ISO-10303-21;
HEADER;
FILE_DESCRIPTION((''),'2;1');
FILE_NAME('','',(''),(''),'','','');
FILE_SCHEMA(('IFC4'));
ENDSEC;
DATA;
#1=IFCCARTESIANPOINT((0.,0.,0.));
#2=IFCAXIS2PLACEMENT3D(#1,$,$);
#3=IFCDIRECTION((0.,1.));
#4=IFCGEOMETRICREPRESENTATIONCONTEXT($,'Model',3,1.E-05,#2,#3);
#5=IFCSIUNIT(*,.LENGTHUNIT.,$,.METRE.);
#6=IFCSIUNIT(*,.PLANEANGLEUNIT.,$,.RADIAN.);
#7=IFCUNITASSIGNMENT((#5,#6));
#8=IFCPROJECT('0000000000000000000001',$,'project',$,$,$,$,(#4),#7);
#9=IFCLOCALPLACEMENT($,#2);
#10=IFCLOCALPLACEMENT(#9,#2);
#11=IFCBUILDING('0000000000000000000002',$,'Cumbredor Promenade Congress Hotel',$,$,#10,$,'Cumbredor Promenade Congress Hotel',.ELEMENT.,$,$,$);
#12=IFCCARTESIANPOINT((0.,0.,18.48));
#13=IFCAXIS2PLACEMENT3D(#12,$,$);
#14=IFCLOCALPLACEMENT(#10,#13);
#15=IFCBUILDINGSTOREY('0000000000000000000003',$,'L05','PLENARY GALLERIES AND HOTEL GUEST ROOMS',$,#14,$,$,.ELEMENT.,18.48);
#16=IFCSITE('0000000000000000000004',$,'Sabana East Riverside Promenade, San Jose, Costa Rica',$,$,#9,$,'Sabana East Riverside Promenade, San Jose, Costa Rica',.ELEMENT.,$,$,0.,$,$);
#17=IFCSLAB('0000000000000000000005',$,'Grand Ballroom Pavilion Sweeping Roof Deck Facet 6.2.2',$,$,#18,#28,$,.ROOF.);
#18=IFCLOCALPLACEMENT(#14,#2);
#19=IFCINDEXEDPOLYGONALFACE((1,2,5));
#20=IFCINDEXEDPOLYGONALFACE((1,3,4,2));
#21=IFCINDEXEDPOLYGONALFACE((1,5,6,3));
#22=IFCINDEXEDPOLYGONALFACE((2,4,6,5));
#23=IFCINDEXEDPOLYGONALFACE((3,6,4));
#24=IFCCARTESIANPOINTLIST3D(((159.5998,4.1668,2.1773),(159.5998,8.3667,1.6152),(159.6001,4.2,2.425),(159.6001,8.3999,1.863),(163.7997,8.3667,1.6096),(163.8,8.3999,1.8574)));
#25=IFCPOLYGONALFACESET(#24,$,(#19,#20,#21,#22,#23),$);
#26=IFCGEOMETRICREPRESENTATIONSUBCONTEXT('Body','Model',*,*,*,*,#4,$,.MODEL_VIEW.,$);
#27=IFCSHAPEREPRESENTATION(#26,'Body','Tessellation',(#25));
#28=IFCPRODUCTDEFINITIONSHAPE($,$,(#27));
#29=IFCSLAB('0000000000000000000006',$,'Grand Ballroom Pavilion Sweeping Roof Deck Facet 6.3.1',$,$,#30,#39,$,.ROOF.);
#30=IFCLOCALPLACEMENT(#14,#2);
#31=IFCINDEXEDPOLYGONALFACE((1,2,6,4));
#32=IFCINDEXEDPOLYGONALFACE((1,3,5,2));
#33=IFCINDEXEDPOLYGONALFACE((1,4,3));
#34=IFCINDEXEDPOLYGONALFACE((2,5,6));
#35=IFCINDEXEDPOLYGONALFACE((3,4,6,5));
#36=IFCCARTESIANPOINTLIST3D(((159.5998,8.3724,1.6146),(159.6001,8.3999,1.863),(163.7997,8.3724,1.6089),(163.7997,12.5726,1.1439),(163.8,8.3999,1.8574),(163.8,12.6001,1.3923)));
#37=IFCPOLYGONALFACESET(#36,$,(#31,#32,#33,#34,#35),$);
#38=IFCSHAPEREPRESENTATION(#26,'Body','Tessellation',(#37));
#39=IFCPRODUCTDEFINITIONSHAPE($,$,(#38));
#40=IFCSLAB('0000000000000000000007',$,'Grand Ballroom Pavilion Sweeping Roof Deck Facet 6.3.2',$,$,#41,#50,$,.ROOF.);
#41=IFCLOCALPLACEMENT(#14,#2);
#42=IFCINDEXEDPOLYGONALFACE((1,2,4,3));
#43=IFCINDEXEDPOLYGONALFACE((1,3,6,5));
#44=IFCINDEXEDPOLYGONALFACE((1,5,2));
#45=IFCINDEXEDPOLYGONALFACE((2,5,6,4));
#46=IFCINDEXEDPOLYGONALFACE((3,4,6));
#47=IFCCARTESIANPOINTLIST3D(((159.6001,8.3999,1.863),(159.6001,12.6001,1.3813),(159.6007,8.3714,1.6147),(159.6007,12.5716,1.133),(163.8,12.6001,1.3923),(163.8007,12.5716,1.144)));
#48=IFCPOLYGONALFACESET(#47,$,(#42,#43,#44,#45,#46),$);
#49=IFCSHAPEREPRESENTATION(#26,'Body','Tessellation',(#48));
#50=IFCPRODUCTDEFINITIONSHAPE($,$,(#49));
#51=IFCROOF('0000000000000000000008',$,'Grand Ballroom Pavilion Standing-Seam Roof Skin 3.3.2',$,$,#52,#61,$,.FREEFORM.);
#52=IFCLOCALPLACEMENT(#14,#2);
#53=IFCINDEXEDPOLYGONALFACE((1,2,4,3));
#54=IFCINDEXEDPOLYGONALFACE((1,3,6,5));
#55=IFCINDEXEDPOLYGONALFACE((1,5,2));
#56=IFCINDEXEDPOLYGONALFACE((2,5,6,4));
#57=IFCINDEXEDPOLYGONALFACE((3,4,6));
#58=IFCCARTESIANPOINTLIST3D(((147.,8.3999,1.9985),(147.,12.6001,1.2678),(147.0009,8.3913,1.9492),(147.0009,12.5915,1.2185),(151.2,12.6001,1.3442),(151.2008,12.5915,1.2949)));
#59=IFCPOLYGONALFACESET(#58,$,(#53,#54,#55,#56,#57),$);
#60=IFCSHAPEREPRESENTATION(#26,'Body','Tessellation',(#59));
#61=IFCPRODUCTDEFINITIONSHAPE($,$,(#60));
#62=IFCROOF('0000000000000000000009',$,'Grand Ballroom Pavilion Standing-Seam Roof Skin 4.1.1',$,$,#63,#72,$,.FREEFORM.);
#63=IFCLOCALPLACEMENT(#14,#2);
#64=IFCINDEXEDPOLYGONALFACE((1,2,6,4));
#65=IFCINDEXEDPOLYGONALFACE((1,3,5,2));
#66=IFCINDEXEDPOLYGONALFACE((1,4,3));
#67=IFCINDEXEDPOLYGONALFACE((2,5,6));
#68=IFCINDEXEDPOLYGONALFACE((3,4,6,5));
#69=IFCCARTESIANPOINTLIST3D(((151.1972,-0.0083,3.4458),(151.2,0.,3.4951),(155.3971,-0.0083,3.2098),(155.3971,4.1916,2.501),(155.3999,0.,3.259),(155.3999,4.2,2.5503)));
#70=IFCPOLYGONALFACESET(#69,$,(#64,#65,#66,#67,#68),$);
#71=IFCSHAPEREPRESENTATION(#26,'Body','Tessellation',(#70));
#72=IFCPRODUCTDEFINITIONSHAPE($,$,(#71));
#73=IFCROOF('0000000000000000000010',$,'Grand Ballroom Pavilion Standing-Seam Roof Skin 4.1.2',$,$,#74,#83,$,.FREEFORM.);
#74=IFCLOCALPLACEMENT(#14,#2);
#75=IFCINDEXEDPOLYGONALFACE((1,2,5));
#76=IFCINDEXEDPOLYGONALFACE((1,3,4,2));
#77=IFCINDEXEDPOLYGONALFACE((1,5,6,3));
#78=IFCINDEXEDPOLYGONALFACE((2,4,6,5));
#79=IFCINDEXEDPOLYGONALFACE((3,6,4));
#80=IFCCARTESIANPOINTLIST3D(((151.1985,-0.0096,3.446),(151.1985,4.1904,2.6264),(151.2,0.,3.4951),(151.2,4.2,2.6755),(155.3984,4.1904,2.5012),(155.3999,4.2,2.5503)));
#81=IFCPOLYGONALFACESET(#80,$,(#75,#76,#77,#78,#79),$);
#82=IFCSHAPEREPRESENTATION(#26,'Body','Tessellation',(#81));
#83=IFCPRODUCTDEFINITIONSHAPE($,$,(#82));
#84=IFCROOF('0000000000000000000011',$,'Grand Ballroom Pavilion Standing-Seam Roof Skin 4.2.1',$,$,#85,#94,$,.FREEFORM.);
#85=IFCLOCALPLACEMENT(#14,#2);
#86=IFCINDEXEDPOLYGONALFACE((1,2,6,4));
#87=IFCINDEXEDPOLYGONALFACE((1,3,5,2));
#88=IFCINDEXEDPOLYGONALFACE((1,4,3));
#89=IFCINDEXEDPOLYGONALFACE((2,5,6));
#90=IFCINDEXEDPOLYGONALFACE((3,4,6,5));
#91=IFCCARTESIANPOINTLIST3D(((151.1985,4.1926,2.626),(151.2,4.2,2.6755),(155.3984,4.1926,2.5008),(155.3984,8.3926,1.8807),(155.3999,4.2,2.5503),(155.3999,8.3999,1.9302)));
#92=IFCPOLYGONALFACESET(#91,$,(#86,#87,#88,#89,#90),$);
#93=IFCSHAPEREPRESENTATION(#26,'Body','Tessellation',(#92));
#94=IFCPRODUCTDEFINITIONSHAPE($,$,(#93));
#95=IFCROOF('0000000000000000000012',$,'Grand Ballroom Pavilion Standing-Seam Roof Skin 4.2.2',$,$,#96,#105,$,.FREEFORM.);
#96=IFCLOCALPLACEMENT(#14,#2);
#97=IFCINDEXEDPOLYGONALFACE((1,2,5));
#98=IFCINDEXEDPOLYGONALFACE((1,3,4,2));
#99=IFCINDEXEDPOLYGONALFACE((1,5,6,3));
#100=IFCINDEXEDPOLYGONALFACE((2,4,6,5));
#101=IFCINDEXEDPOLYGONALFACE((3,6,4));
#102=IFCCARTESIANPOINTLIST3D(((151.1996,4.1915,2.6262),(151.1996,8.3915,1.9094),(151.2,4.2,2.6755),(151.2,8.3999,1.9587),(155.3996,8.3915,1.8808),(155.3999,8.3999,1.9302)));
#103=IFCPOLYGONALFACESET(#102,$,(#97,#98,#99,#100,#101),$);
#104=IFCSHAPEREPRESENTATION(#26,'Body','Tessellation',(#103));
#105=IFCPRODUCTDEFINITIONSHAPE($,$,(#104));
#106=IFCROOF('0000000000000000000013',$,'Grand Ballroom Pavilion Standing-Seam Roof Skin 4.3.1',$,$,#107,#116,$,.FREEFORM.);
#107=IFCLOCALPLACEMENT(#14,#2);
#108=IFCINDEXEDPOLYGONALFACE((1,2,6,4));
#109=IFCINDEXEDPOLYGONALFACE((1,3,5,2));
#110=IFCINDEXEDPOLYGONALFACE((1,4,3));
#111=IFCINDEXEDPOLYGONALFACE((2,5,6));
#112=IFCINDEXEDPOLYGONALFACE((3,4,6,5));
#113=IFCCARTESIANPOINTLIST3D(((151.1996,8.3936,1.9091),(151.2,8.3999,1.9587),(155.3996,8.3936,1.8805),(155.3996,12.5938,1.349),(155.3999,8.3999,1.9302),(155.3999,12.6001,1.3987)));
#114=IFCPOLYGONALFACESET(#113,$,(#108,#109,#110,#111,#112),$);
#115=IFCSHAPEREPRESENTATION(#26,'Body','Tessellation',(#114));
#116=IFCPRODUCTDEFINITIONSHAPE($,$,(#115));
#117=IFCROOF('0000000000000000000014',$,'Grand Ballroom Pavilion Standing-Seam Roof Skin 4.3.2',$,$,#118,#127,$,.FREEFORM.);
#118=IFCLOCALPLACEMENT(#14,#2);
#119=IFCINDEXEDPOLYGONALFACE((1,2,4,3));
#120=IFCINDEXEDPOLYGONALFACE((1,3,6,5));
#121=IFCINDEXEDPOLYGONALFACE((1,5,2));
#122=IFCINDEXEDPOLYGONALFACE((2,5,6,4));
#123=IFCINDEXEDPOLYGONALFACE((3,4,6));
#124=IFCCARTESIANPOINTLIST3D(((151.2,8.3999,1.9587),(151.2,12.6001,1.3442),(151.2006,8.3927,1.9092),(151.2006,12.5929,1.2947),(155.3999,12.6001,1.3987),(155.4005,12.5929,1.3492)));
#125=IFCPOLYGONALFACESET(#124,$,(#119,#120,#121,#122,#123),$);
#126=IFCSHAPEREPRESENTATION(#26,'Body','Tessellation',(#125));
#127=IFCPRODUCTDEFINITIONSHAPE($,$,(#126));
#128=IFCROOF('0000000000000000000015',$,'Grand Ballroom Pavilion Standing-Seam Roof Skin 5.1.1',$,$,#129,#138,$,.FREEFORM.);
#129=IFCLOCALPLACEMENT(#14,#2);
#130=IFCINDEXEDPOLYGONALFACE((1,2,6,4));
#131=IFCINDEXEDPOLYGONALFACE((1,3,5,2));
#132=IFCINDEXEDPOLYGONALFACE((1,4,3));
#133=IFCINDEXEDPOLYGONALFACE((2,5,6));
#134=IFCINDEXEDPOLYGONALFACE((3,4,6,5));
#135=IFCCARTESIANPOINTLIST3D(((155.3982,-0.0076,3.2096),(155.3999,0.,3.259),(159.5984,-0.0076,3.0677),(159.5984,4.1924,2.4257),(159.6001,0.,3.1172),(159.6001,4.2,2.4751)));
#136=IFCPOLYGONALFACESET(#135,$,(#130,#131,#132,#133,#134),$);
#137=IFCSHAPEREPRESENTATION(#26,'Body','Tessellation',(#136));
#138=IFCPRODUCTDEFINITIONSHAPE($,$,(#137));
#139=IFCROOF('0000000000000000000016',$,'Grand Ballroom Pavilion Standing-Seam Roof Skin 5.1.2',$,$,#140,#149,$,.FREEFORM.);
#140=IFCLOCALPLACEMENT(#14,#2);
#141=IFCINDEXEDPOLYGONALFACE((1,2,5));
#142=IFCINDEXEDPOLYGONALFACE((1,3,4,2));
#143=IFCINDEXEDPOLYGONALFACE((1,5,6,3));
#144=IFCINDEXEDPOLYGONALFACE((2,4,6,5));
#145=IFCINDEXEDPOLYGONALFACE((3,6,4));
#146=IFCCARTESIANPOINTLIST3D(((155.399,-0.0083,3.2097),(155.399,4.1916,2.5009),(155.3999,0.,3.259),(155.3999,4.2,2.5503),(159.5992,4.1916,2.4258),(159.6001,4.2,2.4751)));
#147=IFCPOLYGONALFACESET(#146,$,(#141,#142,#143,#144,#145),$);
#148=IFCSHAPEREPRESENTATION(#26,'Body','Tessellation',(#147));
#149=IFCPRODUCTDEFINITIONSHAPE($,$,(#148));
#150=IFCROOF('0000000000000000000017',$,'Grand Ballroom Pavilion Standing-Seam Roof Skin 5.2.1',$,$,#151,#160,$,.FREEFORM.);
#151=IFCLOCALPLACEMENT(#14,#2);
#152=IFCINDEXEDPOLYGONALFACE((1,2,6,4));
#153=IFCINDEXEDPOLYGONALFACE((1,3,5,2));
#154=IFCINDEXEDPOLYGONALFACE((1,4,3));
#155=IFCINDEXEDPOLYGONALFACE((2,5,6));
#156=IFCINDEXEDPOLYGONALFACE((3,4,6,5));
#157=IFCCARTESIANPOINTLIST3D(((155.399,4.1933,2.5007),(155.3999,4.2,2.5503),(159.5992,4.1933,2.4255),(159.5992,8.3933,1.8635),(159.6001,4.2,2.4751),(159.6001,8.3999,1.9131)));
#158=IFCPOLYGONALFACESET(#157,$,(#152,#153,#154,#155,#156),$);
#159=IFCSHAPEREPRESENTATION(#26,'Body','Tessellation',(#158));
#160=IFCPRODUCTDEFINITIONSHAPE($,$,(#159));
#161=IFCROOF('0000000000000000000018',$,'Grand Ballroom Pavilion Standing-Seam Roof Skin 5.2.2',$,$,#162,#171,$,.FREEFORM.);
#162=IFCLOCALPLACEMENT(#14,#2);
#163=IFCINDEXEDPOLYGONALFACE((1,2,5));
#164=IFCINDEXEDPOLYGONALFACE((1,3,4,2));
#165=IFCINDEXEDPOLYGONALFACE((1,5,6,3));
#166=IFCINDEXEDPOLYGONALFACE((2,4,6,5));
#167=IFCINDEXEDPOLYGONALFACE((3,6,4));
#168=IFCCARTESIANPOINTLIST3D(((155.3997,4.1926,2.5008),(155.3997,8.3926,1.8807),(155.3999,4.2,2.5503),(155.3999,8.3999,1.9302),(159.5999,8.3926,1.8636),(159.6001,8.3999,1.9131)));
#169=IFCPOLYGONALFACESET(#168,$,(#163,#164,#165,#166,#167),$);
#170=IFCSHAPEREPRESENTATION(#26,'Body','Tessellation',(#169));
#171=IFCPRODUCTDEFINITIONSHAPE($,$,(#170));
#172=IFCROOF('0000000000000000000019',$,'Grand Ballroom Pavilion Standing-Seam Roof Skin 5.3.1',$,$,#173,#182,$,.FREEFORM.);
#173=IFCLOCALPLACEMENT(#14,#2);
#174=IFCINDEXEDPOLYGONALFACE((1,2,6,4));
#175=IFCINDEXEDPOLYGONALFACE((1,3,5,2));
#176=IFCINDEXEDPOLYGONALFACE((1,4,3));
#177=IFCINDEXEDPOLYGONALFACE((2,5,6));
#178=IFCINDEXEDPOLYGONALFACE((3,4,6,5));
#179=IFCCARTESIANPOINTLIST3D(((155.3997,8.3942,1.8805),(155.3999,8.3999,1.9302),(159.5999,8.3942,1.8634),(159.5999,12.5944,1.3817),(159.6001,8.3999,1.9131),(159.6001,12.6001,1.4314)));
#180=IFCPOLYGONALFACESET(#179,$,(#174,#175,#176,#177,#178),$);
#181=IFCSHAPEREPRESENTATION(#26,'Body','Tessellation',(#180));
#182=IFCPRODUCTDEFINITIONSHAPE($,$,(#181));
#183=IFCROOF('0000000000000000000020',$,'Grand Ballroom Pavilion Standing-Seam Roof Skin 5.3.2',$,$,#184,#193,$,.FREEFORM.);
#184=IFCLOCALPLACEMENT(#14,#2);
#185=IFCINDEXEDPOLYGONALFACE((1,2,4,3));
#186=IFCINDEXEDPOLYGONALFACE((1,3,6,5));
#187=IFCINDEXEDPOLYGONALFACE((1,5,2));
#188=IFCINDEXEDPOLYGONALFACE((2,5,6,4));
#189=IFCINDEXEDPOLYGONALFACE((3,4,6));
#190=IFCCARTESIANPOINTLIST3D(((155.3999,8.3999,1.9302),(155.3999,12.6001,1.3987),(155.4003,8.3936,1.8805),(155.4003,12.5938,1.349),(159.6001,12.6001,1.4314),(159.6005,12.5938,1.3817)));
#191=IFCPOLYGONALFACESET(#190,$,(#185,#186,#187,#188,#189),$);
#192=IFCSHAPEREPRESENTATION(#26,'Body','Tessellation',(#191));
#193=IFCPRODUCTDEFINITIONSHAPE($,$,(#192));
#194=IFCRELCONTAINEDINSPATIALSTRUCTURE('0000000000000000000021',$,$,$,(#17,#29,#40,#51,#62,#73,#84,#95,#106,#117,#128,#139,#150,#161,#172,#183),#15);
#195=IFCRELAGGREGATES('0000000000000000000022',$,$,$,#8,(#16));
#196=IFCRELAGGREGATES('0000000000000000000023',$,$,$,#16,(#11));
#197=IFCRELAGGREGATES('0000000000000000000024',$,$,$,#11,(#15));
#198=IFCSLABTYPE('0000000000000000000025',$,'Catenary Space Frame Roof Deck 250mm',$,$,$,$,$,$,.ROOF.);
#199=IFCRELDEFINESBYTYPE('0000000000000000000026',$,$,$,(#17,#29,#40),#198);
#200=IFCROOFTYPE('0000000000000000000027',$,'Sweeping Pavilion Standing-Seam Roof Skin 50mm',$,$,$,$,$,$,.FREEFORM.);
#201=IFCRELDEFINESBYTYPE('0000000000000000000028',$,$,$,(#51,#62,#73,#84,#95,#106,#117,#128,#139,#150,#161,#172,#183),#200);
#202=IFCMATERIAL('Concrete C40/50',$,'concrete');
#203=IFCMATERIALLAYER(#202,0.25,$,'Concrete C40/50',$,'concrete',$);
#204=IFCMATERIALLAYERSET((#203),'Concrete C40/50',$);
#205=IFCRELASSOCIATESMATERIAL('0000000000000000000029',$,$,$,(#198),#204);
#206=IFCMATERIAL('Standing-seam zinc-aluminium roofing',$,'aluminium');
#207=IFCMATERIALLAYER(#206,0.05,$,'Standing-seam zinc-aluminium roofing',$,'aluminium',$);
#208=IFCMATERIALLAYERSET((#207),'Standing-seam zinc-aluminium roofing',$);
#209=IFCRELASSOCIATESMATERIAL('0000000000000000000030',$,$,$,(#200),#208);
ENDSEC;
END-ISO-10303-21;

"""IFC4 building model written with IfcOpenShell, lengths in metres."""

from ifc_helpers import new_model, si_unit, direction, frame, origin, place, context, subcontext, project, spatial, polyline, outline, extrude, material, layer, layer_set, type_object, element, save


model = new_model("IFC4")

# Units and contexts
model_context = context("Model", 3, precision=1e-05, world=origin(), true_north=direction((0.0, 1.0)))
body_context = subcontext(model_context, "Body", "Model", "MODEL_VIEW")
ifc_project = project(units=[si_unit("LENGTHUNIT", "METRE"), si_unit("PLANEANGLEUNIT", "RADIAN")], contexts=[model_context])

# Site, building, storey
site_placement = place(None, origin())
site = spatial("IfcSite", under=ifc_project, at=site_placement, Name="Sabana East Riverside Promenade, San Jose, Costa Rica", LongName="Sabana East Riverside Promenade, San Jose, Costa Rica", CompositionType="ELEMENT", RefElevation=0.0)
building_placement = place(site_placement, origin())
building = spatial("IfcBuilding", under=site, at=building_placement, Name="Cumbredor Promenade Congress Hotel", LongName="Cumbredor Promenade Congress Hotel", CompositionType="ELEMENT")
storey_placement = place(building_placement, frame((0.0, 0.0, 18.48)))
storey = spatial("IfcBuildingStorey", under=building, at=storey_placement, Name="L05", Description="PLENARY GALLERIES AND HOTEL GUEST ROOMS", CompositionType="ELEMENT", Elevation=18.48)

# Slabs
ifc_material_1 = material(Name="Concrete C40/50", Category="concrete")
ifc_layer_1 = layer(ifc_material_1, 0.25, Name="Concrete C40/50", Category="concrete")
ifc_layer_set_1 = layer_set([ifc_layer_1], Name="Concrete C40/50")
slab_type = type_object("IfcSlabType", Name="Catenary Space Frame Roof Deck 250mm", PredefinedType="ROOF", material=ifc_layer_set_1)
slab_1_placement = place(storey_placement, frame((159.6001, 4.2, 2.425), z_axis=(0.001325, 0.132632, 0.991165), x_axis=(0.7039, 0.7039, -0.095133)))
element("IfcSlab", 1, at=slab_1_placement, inside=storey, type_object=slab_type, Name="Grand Ballroom Pavilion Sweeping Roof Deck Facet 6.2.2", PredefinedType="ROOF", context=body_context, shape_type="SweptSolid", body=[
    extrude(outline(polyline([(0.0, 0.0), (5.9667, 0.0), (3.0098, 2.9827), (0.0, 0.0)])), origin(), (0.0, 0.0, -1.0), 0.25),
])
slab_2_placement = place(storey_placement, frame((159.6001, 8.3999, 1.863), z_axis=(0.001329, 0.110057, 0.993924), x_axis=(0.999999, 0.0, -0.001337)))
element("IfcSlab", 2, at=slab_2_placement, inside=storey, type_object=slab_type, Name="Grand Ballroom Pavilion Sweeping Roof Deck Facet 6.3.1", PredefinedType="ROOF", context=body_context, shape_type="SweptSolid", body=[
    extrude(outline(polyline([(0.0, 0.0), (4.2, 0.0), (4.2006, 4.2259), (0.0, 0.0)])), origin(), (0.0, 0.0, -1.0), 0.25),
])
slab_3_placement = place(storey_placement, frame((159.6001, 8.3999, 1.863), z_axis=(-0.002599, 0.113935, 0.993485), x_axis=(0.704876, 0.704917, -0.078998)))
element("IfcSlab", 3, at=slab_3_placement, inside=storey, type_object=slab_type, Name="Grand Ballroom Pavilion Sweeping Roof Deck Facet 6.3.2", PredefinedType="ROOF", context=body_context, shape_type="SweptSolid", body=[
    extrude(outline(polyline([(0.0, 0.0), (5.9584, 0.0), (2.9988, 2.98), (0.0, 0.0)])), origin(), (0.0, 0.0, -1.0), 0.25),
])

# Roofs
ifc_material_2 = material(Name="Standing-seam zinc-aluminium roofing", Category="aluminium")
ifc_layer_2 = layer(ifc_material_2, 0.05, Name="Standing-seam zinc-aluminium roofing", Category="aluminium")
ifc_layer_set_2 = layer_set([ifc_layer_2], Name="Standing-seam zinc-aluminium roofing")
roof_type = type_object("IfcRoofType", Name="Sweeping Pavilion Standing-Seam Roof Skin 50mm", PredefinedType="FREEFORM", material=ifc_layer_set_2)
roof_1_placement = place(storey_placement, frame((147.0, 8.3999, 1.9985), z_axis=(-0.017922, 0.171369, 0.985044), x_axis=(0.702835, 0.702876, -0.109492)))
element("IfcRoof", 4, at=roof_1_placement, inside=storey, type_object=roof_type, Name="Grand Ballroom Pavilion Standing-Seam Roof Skin 3.3.2", PredefinedType="FREEFORM", context=body_context, shape_type="SweptSolid", body=[
    extrude(outline(polyline([(0.0, 0.0), (5.9757, 0.0), (3.0322, 2.9969), (0.0, 0.0)])), origin(), (0.0, 0.0, -1.0), 0.05),
])
roof_2_placement = place(storey_placement, frame((151.2, 0.0, 3.4951), z_axis=(0.055343, 0.166142, 0.984548), x_axis=(0.998424, 0.0, -0.056123)))
element("IfcRoof", 5, at=roof_2_placement, inside=storey, type_object=roof_type, Name="Grand Ballroom Pavilion Standing-Seam Roof Skin 4.1.1", PredefinedType="FREEFORM", context=body_context, shape_type="SweptSolid", body=[
    extrude(outline(polyline([(0.0, 0.0), (4.2066, 0.0), (4.2464, 4.2591), (0.0, 0.0)])), origin(), (0.0, 0.0, -1.0), 0.05),
])
roof_3_placement = place(storey_placement, frame((151.2, 0.0, 3.4951), z_axis=(0.029256, 0.191446, 0.981067), x_axis=(0.698327, 0.698327, -0.157096)))
element("IfcRoof", 6, at=roof_3_placement, inside=storey, type_object=roof_type, Name="Grand Ballroom Pavilion Standing-Seam Roof Skin 4.1.2", PredefinedType="FREEFORM", context=body_context, shape_type="SweptSolid", body=[
    extrude(outline(polyline([(0.0, 0.0), (6.0143, 0.0), (3.0617, 2.9895), (0.0, 0.0)])), origin(), (0.0, 0.0, -1.0), 0.05),
])
roof_4_placement = place(storey_placement, frame((151.2, 4.2, 2.6755), z_axis=(0.029488, 0.146002, 0.988845), x_axis=(0.999556, 0.0, -0.029807)))
element("IfcRoof", 7, at=roof_4_placement, inside=storey, type_object=roof_type, Name="Grand Ballroom Pavilion Standing-Seam Roof Skin 4.2.1", PredefinedType="FREEFORM", context=body_context, shape_type="SweptSolid", body=[
    extrude(outline(polyline([(0.0, 0.0), (4.2018, 0.0), (4.2203, 4.2454), (0.0, 0.0)])), origin(), (0.0, 0.0, -1.0), 0.05),
])
roof_5_placement = place(storey_placement, frame((151.2, 4.2, 2.6755), z_axis=(0.006704, 0.168232, 0.985725), x_axis=(0.701604, 0.701604, -0.124513)))
element("IfcRoof", 8, at=roof_5_placement, inside=storey, type_object=roof_type, Name="Grand Ballroom Pavilion Standing-Seam Roof Skin 4.2.2", PredefinedType="FREEFORM", context=body_context, shape_type="SweptSolid", body=[
    extrude(outline(polyline([(0.0, 0.0), (5.9862, 0.0), (3.036, 2.9894), (0.0, 0.0)])), origin(), (0.0, 0.0, -1.0), 0.05),
])
roof_6_placement = place(storey_placement, frame((151.2, 8.3999, 1.9587), z_axis=(0.006747, 0.125536, 0.992066), x_axis=(0.999977, 0.0, -0.006801)))
element("IfcRoof", 9, at=roof_6_placement, inside=storey, type_object=roof_type, Name="Grand Ballroom Pavilion Standing-Seam Roof Skin 4.3.1", PredefinedType="FREEFORM", context=body_context, shape_type="SweptSolid", body=[
    extrude(outline(polyline([(0.0, 0.0), (4.2, 0.0), (4.2037, 4.2337), (0.0, 0.0)])), origin(), (0.0, 0.0, -1.0), 0.05),
])
roof_7_placement = place(storey_placement, frame((151.2, 8.3999, 1.9587), z_axis=(-0.012825, 0.14475, 0.989385), x_axis=(0.703964, 0.704005, -0.093873)))
element("IfcRoof", 10, at=roof_7_placement, inside=storey, type_object=roof_type, Name="Grand Ballroom Pavilion Standing-Seam Roof Skin 4.3.2", PredefinedType="FREEFORM", context=body_context, shape_type="SweptSolid", body=[
    extrude(outline(polyline([(0.0, 0.0), (5.9661, 0.0), (3.0146, 2.9885), (0.0, 0.0)])), origin(), (0.0, 0.0, -1.0), 0.05),
])
roof_8_placement = place(storey_placement, frame((155.3999, 0.0, 3.259), z_axis=(0.033365, 0.15104, 0.987964), x_axis=(0.99943, 0.0, -0.033752)))
element("IfcRoof", 11, at=roof_8_placement, inside=storey, type_object=roof_type, Name="Grand Ballroom Pavilion Standing-Seam Roof Skin 5.1.1", PredefinedType="FREEFORM", context=body_context, shape_type="SweptSolid", body=[
    extrude(outline(polyline([(0.0, 0.0), (4.2026, 0.0), (4.2243, 4.2487), (0.0, 0.0)])), origin(), (0.0, 0.0, -1.0), 0.05),
])
roof_9_placement = place(storey_placement, frame((155.3999, 0.0, 3.259), z_axis=(0.01765, 0.166371, 0.985905), x_axis=(0.701048, 0.701007, -0.130845)))
element("IfcRoof", 12, at=roof_9_placement, inside=storey, type_object=roof_type, Name="Grand Ballroom Pavilion Standing-Seam Roof Skin 5.1.2", PredefinedType="FREEFORM", context=body_context, shape_type="SweptSolid", body=[
    extrude(outline(polyline([(0.0, 0.0), (5.9913, 0.0), (3.0369, 2.9865), (0.0, 0.0)])), origin(), (0.0, 0.0, -1.0), 0.05),
])
roof_10_placement = place(storey_placement, frame((155.3999, 4.2, 2.5503), z_axis=(0.017742, 0.132611, 0.991009), x_axis=(0.99984, 0.0, -0.0179)))
element("IfcRoof", 13, at=roof_10_placement, inside=storey, type_object=roof_type, Name="Grand Ballroom Pavilion Standing-Seam Roof Skin 5.2.1", PredefinedType="FREEFORM", context=body_context, shape_type="SweptSolid", body=[
    extrude(outline(polyline([(0.0, 0.0), (4.2009, 0.0), (4.2109, 4.2374), (0.0, 0.0)])), origin(), (0.0, 0.0, -1.0), 0.05),
])
roof_11_placement = place(storey_placement, frame((155.3999, 4.2, 2.5503), z_axis=(0.004025, 0.146064, 0.989267), x_axis=(0.703093, 0.703052, -0.106665)))
element("IfcRoof", 14, at=roof_11_placement, inside=storey, type_object=roof_type, Name="Grand Ballroom Pavilion Standing-Seam Roof Skin 5.2.2", PredefinedType="FREEFORM", context=body_context, shape_type="SweptSolid", body=[
    extrude(outline(polyline([(0.0, 0.0), (5.9739, 0.0), (3.0189, 2.985), (0.0, 0.0)])), origin(), (0.0, 0.0, -1.0), 0.05),
])
roof_12_placement = place(storey_placement, frame((155.3999, 8.3999, 1.9302), z_axis=(0.004042, 0.113935, 0.99348), x_axis=(0.999992, 0.0, -0.004069)))
element("IfcRoof", 15, at=roof_12_placement, inside=storey, type_object=roof_type, Name="Grand Ballroom Pavilion Standing-Seam Roof Skin 5.3.1", PredefinedType="FREEFORM", context=body_context, shape_type="SweptSolid", body=[
    extrude(outline(polyline([(0.0, 0.0), (4.2002, 0.0), (4.2022, 4.2277), (0.0, 0.0)])), origin(), (0.0, 0.0, -1.0), 0.05),
])
roof_13_placement = place(storey_placement, frame((155.3999, 8.3999, 1.9302), z_axis=(-0.007727, 0.125535, 0.992059), x_axis=(0.704627, 0.704627, -0.083675)))
element("IfcRoof", 16, at=roof_13_placement, inside=storey, type_object=roof_type, Name="Grand Ballroom Pavilion Standing-Seam Roof Skin 5.3.2", PredefinedType="FREEFORM", context=body_context, shape_type="SweptSolid", body=[
    extrude(outline(polyline([(0.0, 0.0), (5.9609, 0.0), (3.004, 2.9833), (0.0, 0.0)])), origin(), (0.0, 0.0, -1.0), 0.05),
])

save(model, "model.ifc")
